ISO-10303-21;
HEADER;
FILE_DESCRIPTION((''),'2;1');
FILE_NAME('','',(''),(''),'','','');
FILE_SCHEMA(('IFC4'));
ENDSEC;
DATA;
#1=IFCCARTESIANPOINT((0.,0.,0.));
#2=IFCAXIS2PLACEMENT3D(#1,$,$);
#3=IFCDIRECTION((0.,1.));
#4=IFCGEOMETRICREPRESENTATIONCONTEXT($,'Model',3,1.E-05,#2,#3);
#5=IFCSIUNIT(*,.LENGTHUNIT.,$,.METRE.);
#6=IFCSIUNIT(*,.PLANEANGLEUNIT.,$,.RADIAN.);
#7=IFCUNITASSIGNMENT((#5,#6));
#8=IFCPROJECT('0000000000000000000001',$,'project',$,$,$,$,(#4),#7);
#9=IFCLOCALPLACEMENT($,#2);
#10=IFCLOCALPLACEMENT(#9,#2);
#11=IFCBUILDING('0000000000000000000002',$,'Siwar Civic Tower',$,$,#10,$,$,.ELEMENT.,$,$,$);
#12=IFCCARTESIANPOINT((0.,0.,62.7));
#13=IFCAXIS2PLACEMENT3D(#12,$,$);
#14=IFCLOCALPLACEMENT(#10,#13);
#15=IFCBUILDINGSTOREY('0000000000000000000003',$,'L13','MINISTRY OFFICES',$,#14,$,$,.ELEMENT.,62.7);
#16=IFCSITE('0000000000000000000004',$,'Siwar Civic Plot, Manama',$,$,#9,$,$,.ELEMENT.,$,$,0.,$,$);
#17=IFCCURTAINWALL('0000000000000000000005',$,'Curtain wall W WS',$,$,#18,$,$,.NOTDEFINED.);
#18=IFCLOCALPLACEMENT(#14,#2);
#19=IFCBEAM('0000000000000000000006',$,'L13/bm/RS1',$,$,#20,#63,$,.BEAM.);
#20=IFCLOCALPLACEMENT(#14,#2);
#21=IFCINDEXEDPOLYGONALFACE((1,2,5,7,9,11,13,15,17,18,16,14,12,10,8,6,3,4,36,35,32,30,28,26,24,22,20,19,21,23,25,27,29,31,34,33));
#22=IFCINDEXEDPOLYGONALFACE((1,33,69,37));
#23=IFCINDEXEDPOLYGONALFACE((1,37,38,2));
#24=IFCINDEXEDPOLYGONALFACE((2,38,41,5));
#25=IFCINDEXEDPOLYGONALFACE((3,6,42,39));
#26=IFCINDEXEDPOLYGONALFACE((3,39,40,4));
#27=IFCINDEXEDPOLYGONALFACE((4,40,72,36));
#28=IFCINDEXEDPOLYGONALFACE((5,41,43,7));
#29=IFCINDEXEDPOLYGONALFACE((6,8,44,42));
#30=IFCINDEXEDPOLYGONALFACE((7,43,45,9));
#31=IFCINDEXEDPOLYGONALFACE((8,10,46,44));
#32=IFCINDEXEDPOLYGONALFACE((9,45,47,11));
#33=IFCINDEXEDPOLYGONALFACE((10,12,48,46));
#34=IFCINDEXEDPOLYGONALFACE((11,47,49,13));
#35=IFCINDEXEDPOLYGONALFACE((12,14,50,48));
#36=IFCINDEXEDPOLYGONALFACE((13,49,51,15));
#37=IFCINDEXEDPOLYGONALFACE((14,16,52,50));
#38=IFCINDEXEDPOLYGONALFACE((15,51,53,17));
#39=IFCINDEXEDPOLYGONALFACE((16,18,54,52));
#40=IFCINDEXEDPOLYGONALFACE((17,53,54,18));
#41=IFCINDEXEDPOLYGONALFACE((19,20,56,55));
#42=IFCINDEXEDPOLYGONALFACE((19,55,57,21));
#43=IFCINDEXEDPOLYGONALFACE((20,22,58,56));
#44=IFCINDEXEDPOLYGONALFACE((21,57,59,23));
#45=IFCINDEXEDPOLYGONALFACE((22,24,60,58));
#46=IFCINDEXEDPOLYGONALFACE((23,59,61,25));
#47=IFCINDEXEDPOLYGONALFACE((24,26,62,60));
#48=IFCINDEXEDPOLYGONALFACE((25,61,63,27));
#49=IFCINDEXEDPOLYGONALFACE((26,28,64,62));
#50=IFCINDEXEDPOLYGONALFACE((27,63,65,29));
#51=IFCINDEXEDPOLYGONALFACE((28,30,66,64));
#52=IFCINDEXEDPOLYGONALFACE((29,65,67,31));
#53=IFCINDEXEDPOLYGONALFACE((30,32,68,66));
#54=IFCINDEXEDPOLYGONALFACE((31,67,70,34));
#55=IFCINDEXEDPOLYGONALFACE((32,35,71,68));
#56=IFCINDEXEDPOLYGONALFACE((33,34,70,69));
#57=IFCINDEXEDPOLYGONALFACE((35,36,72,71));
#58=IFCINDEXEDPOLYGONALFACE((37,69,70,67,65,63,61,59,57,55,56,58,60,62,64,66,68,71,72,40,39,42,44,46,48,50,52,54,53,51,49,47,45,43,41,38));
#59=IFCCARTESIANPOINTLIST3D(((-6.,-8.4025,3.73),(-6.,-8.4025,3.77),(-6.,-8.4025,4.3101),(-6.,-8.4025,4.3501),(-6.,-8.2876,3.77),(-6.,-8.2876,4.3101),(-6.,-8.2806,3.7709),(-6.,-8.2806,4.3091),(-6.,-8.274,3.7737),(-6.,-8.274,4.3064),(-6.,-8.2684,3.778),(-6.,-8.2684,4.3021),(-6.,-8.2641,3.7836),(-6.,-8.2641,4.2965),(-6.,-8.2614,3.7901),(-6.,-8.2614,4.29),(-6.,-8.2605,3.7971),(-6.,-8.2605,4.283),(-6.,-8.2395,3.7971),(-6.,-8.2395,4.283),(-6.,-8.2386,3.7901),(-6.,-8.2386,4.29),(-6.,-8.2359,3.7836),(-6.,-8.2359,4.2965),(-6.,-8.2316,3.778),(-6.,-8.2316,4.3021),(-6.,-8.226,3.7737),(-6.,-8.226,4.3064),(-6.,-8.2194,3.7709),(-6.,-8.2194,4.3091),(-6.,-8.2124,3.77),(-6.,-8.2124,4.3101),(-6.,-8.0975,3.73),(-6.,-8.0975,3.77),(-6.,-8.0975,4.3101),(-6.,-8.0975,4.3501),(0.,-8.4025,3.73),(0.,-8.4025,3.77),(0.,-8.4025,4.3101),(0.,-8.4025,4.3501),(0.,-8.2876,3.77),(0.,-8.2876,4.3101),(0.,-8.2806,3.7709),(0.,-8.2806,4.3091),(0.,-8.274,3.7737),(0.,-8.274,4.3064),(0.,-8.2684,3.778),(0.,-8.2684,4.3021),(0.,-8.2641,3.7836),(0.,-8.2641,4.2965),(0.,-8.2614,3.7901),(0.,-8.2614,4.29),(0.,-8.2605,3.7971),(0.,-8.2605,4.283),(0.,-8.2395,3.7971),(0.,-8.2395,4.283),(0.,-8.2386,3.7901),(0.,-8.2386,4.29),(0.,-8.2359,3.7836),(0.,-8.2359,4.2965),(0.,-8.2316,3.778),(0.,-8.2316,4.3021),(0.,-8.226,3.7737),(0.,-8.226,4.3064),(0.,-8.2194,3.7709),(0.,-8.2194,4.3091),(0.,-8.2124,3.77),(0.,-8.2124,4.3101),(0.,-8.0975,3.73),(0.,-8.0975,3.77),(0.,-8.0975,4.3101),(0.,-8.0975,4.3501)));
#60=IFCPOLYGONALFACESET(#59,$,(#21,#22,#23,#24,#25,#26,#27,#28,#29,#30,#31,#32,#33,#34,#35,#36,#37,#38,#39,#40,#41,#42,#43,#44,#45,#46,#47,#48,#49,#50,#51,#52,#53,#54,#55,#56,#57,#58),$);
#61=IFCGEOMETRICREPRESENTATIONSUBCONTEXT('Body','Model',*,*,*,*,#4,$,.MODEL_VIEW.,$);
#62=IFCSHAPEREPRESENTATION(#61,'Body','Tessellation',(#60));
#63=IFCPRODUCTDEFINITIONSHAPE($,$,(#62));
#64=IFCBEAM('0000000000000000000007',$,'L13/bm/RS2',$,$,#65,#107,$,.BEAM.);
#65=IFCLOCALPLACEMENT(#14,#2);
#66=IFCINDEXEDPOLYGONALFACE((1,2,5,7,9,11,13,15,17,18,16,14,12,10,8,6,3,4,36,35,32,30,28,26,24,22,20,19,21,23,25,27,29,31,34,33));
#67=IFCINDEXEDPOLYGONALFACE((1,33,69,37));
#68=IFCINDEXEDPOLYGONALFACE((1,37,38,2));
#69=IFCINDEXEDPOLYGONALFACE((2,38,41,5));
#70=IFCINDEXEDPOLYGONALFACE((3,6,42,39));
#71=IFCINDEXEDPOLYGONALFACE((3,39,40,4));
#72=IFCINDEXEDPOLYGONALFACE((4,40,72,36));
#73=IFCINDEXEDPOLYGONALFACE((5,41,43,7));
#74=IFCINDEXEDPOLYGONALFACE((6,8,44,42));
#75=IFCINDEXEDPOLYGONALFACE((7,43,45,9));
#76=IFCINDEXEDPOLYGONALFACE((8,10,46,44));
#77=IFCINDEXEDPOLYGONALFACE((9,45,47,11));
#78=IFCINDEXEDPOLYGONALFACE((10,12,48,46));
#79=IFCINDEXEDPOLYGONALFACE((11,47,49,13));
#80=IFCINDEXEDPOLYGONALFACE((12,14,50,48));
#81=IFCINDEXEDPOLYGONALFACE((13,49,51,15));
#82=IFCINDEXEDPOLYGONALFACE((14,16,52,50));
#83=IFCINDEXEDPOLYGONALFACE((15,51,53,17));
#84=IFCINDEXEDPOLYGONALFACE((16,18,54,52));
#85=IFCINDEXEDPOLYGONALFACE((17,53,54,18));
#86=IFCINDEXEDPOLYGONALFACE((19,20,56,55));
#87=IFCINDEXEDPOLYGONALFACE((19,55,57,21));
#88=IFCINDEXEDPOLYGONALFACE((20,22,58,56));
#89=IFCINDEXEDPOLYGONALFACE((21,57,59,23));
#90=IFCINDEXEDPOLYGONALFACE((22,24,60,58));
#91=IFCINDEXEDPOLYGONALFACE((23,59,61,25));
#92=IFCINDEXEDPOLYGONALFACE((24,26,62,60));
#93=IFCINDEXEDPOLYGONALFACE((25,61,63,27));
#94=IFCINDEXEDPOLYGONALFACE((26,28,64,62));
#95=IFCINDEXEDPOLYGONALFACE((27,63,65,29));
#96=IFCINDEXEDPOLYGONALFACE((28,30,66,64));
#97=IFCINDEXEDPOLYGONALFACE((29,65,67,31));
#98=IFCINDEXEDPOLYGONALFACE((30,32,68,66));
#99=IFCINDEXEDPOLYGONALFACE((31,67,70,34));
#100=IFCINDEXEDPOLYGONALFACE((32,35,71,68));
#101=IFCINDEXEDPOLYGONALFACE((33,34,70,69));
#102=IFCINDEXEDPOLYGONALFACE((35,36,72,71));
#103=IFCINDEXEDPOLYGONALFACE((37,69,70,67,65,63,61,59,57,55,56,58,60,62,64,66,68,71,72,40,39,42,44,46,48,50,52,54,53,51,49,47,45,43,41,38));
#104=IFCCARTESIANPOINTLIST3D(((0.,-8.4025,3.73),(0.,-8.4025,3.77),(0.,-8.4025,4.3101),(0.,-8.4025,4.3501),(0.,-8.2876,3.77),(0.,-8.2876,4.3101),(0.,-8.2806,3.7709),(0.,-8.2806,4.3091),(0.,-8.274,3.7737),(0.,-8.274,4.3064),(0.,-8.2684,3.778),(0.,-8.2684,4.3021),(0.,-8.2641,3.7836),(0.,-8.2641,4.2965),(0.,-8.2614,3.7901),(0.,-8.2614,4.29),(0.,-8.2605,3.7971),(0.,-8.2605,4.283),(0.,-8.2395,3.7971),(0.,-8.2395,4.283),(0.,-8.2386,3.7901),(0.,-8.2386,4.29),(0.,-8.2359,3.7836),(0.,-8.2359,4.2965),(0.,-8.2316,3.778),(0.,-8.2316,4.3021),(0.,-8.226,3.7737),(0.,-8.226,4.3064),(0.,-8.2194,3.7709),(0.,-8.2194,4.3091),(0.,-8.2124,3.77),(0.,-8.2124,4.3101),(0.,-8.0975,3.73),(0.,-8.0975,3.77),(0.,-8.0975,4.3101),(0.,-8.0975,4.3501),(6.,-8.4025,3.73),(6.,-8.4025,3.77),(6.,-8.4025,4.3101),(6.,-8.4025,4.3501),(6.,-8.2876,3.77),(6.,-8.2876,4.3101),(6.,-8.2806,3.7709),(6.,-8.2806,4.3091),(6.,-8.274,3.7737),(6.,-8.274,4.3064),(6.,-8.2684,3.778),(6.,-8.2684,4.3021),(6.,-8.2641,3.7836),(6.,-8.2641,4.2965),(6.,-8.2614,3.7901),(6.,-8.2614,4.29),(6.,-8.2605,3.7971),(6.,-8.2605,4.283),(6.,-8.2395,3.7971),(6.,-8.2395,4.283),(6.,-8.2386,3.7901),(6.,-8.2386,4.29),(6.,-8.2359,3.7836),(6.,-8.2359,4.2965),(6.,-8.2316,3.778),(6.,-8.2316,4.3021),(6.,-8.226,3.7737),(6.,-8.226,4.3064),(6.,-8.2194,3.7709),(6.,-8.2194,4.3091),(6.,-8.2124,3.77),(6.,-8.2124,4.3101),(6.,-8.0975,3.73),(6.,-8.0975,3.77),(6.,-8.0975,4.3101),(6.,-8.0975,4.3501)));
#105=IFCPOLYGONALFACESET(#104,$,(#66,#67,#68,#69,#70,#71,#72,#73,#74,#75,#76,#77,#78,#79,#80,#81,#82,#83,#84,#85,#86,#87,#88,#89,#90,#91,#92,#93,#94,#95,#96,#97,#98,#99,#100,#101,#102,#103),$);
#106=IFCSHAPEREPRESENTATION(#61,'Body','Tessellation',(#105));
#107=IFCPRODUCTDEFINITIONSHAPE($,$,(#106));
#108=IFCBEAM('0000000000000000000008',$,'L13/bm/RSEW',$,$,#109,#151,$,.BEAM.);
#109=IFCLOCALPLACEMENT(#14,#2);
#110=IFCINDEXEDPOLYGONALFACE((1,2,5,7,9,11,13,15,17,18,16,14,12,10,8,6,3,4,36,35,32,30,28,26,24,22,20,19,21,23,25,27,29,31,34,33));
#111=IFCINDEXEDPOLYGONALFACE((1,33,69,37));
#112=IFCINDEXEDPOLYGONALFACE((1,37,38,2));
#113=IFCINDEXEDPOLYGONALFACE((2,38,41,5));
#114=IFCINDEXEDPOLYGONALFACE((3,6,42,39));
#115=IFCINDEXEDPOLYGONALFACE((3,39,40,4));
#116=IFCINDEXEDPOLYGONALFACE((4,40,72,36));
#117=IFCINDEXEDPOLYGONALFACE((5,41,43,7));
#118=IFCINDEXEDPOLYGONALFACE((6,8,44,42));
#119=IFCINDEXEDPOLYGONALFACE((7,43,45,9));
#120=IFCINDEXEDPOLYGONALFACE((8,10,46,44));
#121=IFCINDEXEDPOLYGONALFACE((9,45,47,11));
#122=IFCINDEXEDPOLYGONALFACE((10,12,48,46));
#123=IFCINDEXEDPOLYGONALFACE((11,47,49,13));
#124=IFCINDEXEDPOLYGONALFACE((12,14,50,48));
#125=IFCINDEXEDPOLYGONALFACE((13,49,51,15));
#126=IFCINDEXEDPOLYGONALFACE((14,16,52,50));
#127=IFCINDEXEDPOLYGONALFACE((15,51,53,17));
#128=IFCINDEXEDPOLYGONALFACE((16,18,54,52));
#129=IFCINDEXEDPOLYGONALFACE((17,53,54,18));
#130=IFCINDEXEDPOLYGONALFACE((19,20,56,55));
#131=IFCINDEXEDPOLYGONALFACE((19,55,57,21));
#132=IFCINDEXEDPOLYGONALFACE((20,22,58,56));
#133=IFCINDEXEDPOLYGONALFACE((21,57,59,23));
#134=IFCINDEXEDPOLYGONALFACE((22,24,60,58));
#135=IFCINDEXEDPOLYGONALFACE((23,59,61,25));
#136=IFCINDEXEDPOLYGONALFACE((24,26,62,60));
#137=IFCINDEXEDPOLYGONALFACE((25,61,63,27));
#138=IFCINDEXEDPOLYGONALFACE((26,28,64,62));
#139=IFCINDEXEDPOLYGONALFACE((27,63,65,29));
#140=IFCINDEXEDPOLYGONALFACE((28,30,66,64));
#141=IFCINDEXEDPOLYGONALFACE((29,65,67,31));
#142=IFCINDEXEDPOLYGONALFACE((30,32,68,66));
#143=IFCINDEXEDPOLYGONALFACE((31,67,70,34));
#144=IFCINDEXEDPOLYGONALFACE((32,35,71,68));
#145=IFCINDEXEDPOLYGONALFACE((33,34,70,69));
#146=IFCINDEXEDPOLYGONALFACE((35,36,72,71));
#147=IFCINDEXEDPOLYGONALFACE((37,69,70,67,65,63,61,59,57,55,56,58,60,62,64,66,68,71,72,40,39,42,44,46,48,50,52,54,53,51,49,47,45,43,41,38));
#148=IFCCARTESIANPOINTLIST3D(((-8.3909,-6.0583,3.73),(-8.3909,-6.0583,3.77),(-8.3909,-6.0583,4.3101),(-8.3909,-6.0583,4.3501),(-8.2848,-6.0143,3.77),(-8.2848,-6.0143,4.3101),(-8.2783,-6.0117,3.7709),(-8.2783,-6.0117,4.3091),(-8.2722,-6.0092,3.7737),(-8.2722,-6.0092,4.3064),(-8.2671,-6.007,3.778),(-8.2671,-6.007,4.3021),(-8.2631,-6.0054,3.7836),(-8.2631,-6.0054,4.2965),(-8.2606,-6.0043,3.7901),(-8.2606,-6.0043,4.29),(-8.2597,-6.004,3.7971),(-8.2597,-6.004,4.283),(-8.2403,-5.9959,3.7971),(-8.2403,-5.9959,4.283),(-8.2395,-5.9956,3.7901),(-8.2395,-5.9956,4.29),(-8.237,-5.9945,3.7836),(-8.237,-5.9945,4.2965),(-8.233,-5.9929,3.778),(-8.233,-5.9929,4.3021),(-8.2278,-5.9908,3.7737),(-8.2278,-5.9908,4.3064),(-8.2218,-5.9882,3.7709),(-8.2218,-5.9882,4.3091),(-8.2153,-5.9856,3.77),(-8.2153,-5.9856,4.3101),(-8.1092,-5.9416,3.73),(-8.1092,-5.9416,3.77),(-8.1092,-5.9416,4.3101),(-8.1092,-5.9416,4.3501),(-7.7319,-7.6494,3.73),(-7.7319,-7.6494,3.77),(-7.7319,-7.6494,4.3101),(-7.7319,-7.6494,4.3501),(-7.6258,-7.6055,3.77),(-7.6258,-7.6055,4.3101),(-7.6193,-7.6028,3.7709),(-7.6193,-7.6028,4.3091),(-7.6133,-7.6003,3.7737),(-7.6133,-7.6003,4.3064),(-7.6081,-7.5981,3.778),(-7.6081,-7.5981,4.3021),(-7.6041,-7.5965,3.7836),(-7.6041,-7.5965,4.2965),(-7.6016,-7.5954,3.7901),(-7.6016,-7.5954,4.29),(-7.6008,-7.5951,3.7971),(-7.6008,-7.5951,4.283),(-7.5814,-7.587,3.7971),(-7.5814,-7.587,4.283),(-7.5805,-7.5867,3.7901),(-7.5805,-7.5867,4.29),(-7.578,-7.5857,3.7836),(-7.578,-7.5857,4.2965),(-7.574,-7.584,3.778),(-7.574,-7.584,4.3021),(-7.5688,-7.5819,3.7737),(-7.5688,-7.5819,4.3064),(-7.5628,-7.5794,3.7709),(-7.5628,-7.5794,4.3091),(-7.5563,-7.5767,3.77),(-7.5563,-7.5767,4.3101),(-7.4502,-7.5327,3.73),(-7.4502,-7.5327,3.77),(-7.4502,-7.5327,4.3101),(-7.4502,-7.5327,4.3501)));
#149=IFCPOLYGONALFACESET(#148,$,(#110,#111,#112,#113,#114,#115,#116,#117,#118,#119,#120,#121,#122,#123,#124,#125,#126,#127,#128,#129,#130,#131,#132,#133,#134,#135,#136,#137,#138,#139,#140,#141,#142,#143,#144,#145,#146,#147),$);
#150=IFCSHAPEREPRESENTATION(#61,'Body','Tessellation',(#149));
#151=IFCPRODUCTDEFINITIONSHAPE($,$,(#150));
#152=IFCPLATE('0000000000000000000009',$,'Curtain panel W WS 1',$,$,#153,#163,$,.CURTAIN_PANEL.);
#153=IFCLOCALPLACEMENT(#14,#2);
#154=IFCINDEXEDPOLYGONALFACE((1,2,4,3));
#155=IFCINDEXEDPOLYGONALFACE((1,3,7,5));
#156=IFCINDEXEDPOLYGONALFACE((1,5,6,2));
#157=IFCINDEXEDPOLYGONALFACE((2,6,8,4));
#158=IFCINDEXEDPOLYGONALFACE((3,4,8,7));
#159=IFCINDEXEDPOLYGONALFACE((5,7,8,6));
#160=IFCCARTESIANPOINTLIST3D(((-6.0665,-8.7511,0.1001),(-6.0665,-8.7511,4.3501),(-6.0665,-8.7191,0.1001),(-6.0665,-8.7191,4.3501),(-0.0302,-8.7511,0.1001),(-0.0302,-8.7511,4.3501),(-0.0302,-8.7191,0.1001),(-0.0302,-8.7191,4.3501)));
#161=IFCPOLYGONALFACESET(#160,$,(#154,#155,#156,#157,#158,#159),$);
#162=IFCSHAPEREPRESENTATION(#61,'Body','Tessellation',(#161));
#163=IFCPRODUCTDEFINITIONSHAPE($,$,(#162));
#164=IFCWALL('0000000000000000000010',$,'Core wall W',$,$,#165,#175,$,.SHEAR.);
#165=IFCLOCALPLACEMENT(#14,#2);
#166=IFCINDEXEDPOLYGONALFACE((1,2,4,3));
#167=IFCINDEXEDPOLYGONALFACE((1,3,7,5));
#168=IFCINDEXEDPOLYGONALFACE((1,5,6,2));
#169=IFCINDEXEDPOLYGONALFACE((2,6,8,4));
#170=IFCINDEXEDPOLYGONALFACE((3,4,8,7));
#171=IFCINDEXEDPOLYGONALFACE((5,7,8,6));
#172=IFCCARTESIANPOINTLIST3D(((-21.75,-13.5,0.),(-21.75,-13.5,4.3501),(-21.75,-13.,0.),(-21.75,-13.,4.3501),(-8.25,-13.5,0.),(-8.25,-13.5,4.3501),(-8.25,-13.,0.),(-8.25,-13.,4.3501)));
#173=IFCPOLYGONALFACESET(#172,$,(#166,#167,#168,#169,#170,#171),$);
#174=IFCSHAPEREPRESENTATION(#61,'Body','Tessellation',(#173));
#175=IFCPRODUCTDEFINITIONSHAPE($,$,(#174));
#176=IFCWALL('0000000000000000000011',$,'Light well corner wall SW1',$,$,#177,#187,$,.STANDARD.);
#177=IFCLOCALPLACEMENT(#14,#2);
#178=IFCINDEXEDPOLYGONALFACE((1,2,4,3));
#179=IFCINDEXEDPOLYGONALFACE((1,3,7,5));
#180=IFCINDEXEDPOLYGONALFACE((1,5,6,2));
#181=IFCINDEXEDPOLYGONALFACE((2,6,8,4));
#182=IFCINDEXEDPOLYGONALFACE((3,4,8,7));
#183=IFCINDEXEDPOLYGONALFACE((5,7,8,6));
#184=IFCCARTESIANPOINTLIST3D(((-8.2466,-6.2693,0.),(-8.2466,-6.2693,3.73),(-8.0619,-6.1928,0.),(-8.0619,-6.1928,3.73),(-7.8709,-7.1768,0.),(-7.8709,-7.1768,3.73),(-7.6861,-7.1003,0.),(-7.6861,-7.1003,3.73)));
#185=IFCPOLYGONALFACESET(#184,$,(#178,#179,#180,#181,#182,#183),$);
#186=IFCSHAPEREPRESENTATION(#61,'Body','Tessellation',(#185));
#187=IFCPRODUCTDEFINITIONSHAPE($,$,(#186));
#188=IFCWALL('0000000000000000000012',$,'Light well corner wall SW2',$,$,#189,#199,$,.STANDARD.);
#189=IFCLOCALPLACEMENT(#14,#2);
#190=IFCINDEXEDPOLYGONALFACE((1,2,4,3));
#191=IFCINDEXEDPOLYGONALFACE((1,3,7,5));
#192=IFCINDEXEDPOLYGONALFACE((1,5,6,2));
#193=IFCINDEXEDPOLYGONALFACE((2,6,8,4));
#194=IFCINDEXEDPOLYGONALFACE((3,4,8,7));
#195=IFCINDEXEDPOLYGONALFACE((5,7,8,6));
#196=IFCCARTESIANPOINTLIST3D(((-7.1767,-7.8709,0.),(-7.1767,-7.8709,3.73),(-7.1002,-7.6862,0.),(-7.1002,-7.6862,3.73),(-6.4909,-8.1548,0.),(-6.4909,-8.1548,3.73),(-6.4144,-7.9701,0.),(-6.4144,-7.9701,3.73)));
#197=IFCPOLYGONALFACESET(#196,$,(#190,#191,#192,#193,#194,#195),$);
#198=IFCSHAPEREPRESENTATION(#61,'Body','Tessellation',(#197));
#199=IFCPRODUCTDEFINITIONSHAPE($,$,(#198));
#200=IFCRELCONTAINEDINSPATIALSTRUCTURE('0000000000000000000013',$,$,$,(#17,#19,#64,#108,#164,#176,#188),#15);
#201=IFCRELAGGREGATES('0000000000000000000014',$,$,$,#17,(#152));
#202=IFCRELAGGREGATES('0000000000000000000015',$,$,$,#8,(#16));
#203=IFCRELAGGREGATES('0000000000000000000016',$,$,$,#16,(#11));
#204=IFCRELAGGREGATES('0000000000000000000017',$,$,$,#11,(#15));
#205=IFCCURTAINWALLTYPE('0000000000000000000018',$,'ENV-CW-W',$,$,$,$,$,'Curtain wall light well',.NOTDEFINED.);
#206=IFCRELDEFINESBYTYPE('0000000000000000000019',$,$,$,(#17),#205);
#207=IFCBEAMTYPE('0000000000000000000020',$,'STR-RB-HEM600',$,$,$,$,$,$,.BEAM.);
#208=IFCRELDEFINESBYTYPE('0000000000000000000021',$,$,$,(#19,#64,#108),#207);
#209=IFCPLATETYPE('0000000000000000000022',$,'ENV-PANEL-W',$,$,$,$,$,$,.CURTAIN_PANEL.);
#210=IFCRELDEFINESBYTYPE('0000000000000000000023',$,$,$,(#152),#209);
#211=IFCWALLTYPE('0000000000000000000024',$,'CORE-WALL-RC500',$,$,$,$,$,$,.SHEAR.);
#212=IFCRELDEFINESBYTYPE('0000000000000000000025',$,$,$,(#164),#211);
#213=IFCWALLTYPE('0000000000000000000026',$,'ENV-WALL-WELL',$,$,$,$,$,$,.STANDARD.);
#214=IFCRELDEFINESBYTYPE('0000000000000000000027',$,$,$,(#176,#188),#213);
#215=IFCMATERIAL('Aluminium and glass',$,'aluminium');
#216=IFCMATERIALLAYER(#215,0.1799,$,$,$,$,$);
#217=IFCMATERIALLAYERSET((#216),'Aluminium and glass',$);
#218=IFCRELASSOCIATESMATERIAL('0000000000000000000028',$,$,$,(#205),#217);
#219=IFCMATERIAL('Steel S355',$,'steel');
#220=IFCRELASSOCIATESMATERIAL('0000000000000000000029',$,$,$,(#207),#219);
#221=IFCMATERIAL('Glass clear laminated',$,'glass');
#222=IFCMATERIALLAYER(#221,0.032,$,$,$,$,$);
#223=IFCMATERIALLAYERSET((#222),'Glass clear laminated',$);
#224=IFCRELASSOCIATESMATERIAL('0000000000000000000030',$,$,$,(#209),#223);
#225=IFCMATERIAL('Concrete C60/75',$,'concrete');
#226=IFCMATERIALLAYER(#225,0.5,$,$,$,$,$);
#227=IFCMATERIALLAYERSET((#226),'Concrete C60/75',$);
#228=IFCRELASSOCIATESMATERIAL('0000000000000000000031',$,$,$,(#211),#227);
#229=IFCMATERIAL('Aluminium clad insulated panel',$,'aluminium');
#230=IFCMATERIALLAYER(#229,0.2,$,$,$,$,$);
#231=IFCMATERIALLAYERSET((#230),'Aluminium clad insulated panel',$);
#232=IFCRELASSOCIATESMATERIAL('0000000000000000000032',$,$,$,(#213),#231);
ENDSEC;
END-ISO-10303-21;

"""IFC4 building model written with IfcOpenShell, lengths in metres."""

from ifc_helpers import new_model, si_unit, direction, frame, frame_2d, origin, origin_2d, place, context, subcontext, project, spatial, rectangle, i_section, extrude, material, layer, layer_set, material_profile, profile_set, type_object, element, aggregate, save


model = new_model("IFC4")

# Units and contexts
model_context = context("Model", 3, precision=1e-05, world=origin(), true_north=direction((0.0, 1.0)))
body_context = subcontext(model_context, "Body", "Model", "MODEL_VIEW")
ifc_project = project(units=[si_unit("LENGTHUNIT", "METRE"), si_unit("PLANEANGLEUNIT", "RADIAN")], contexts=[model_context])

# Site, building, storey
site_placement = place(None, origin())
site = spatial("IfcSite", under=ifc_project, at=site_placement, Name="Siwar Civic Plot, Manama", CompositionType="ELEMENT", RefElevation=0.0)
building_placement = place(site_placement, origin())
building = spatial("IfcBuilding", under=site, at=building_placement, Name="Siwar Civic Tower", CompositionType="ELEMENT")
storey_placement = place(building_placement, frame((0.0, 0.0, 62.7)))
storey = spatial("IfcBuildingStorey", under=building, at=storey_placement, Name="L13", Description="MINISTRY OFFICES", CompositionType="ELEMENT", Elevation=62.7)

# Curtain wall
ifc_material_1 = material(Name="Aluminium and glass", Category="aluminium")
ifc_layer_1 = layer(ifc_material_1, 0.1799)
ifc_layer_set_1 = layer_set([ifc_layer_1], Name="Aluminium and glass")
curtain_wall_type = type_object("IfcCurtainWallType", Name="ENV-CW-W", ElementType="Curtain wall light well", PredefinedType="NOTDEFINED", material=ifc_layer_set_1)
curtain_wall_placement = place(storey_placement, origin())
curtain_wall = element("IfcCurtainWall", 1, at=curtain_wall_placement, inside=storey, type_object=curtain_wall_type, Name="Curtain wall W WS", PredefinedType="NOTDEFINED")

# Beams
ifc_material_2 = material(Name="Steel S355", Category="steel")
ifc_material_profile_1 = material_profile(ifc_material_2, i_section(OverallWidth=0.3049, OverallDepth=0.6201, WebThickness=0.021, FlangeThickness=0.04, FilletRadius=0.0271, at=origin_2d()), Name="HEM600")
ifc_profile_set_1 = profile_set([ifc_material_profile_1], Name="Steel S355")
beam_type_1 = type_object("IfcBeamType", Name="STR-RB-HEM600", PredefinedType="BEAM", material=ifc_profile_set_1)
for number, where, z_axis, x_axis, name in (
    (2, (-6.0, -8.25, 4.04), (1.0, 0.0, 0.0), (0.0, 1.0, 0.0), "L13/bm/RS1"),
    (3, (0.0, -8.25, 4.04), (1.0, 0.0, 0.0), (0.0, 1.0, 0.0), "L13/bm/RS2"),
):
    element("IfcBeam", number, at=place(storey_placement, frame(where, z_axis=z_axis, x_axis=x_axis)), inside=storey, type_object=beam_type_1, Name=name, PredefinedType="BEAM", context=body_context, shape_type="SweptSolid", body=[
        extrude(i_section(OverallWidth=0.3049, OverallDepth=0.6201, WebThickness=0.021, FlangeThickness=0.04, FilletRadius=0.0271, at=origin_2d()), origin(), (0.0, 0.0, 1.0), 6.0),
    ])
beam_1_placement = place(storey_placement, frame((-7.5911, -7.5911, 4.04), z_axis=(-0.382631, 0.923901, 0.0), x_axis=(-0.923901, -0.382631, 0.0)))
element("IfcBeam", 4, at=beam_1_placement, inside=storey, type_object=beam_type_1, Name="L13/bm/RSEW", PredefinedType="BEAM", context=body_context, shape_type="SweptSolid", body=[
    extrude(i_section(OverallWidth=0.3049, OverallDepth=0.6201, WebThickness=0.021, FlangeThickness=0.04, FilletRadius=0.0271, at=origin_2d()), origin(), (0.0, 0.0, 1.0), 1.7222),
])

# Plate
ifc_material_3 = material(Name="Glass clear laminated", Category="glass")
ifc_layer_2 = layer(ifc_material_3, 0.032)
ifc_layer_set_2 = layer_set([ifc_layer_2], Name="Glass clear laminated")
plate_type = type_object("IfcPlateType", Name="ENV-PANEL-W", PredefinedType="CURTAIN_PANEL", material=ifc_layer_set_2)
plate_placement = place(storey_placement, frame((-3.0483, -8.7351, 0.1001), z_axis=(0.0, 0.0, 1.0), x_axis=(1.0, 0.0, 0.0)))
plate = element("IfcPlate", 5, at=plate_placement, type_object=plate_type, Name="Curtain panel W WS 1", PredefinedType="CURTAIN_PANEL", context=body_context, shape_type="SweptSolid", body=[
    extrude(rectangle(XDim=6.0364, YDim=0.032, at=origin_2d()), origin(), (0.0, 0.0, 1.0), 4.25),
])
aggregate(curtain_wall, [plate])

# Walls
ifc_material_4 = material(Name="Concrete C60/75", Category="concrete")
ifc_layer_3 = layer(ifc_material_4, 0.5)
ifc_layer_set_3 = layer_set([ifc_layer_3], Name="Concrete C60/75")
wall_type_1 = type_object("IfcWallType", Name="CORE-WALL-RC500", PredefinedType="SHEAR", material=ifc_layer_set_3)
wall_1_placement = place(storey_placement, frame((-8.25, -13.25, 0.0), z_axis=(0.0, 0.0, 1.0), x_axis=(-1.0, 0.0, 0.0)))
element("IfcWall", 6, at=wall_1_placement, inside=storey, type_object=wall_type_1, Name="Core wall W", PredefinedType="SHEAR", context=body_context, shape_type="SweptSolid", body=[
    extrude(rectangle(XDim=13.5, YDim=0.5, at=frame_2d((6.75, 0.0))), origin(), (0.0, 0.0, 1.0), 4.3501),
])
ifc_material_5 = material(Name="Aluminium clad insulated panel", Category="aluminium")
ifc_layer_4 = layer(ifc_material_5, 0.2)
ifc_layer_set_4 = layer_set([ifc_layer_4], Name="Aluminium clad insulated panel")
wall_type_2 = type_object("IfcWallType", Name="ENV-WALL-WELL", PredefinedType="STANDARD", material=ifc_layer_set_4)
wall_2_placement = place(storey_placement, frame((-8.1543, -6.231, 0.0), z_axis=(0.0, 0.0, 1.0), x_axis=(0.382549, -0.923935, 0.0)))
element("IfcWall", 7, at=wall_2_placement, inside=storey, type_object=wall_type_2, Name="Light well corner wall SW1", PredefinedType="STANDARD", context=body_context, shape_type="SweptSolid", body=[
    extrude(rectangle(XDim=0.9822, YDim=0.2, at=frame_2d((0.4912, 0.0))), origin(), (0.0, 0.0, 1.0), 3.73),
])
wall_3_placement = place(storey_placement, frame((-7.1384, -7.7786, 0.0), z_axis=(0.0, 0.0, 1.0), x_axis=(0.923941, -0.382536, 0.0)))
element("IfcWall", 8, at=wall_3_placement, inside=storey, type_object=wall_type_2, Name="Light well corner wall SW2", PredefinedType="STANDARD", context=body_context, shape_type="SweptSolid", body=[
    extrude(rectangle(XDim=0.7422, YDim=0.2, at=frame_2d((0.3711, 0.0))), origin(), (0.0, 0.0, 1.0), 3.73),
])

save(model, "model.ifc")
